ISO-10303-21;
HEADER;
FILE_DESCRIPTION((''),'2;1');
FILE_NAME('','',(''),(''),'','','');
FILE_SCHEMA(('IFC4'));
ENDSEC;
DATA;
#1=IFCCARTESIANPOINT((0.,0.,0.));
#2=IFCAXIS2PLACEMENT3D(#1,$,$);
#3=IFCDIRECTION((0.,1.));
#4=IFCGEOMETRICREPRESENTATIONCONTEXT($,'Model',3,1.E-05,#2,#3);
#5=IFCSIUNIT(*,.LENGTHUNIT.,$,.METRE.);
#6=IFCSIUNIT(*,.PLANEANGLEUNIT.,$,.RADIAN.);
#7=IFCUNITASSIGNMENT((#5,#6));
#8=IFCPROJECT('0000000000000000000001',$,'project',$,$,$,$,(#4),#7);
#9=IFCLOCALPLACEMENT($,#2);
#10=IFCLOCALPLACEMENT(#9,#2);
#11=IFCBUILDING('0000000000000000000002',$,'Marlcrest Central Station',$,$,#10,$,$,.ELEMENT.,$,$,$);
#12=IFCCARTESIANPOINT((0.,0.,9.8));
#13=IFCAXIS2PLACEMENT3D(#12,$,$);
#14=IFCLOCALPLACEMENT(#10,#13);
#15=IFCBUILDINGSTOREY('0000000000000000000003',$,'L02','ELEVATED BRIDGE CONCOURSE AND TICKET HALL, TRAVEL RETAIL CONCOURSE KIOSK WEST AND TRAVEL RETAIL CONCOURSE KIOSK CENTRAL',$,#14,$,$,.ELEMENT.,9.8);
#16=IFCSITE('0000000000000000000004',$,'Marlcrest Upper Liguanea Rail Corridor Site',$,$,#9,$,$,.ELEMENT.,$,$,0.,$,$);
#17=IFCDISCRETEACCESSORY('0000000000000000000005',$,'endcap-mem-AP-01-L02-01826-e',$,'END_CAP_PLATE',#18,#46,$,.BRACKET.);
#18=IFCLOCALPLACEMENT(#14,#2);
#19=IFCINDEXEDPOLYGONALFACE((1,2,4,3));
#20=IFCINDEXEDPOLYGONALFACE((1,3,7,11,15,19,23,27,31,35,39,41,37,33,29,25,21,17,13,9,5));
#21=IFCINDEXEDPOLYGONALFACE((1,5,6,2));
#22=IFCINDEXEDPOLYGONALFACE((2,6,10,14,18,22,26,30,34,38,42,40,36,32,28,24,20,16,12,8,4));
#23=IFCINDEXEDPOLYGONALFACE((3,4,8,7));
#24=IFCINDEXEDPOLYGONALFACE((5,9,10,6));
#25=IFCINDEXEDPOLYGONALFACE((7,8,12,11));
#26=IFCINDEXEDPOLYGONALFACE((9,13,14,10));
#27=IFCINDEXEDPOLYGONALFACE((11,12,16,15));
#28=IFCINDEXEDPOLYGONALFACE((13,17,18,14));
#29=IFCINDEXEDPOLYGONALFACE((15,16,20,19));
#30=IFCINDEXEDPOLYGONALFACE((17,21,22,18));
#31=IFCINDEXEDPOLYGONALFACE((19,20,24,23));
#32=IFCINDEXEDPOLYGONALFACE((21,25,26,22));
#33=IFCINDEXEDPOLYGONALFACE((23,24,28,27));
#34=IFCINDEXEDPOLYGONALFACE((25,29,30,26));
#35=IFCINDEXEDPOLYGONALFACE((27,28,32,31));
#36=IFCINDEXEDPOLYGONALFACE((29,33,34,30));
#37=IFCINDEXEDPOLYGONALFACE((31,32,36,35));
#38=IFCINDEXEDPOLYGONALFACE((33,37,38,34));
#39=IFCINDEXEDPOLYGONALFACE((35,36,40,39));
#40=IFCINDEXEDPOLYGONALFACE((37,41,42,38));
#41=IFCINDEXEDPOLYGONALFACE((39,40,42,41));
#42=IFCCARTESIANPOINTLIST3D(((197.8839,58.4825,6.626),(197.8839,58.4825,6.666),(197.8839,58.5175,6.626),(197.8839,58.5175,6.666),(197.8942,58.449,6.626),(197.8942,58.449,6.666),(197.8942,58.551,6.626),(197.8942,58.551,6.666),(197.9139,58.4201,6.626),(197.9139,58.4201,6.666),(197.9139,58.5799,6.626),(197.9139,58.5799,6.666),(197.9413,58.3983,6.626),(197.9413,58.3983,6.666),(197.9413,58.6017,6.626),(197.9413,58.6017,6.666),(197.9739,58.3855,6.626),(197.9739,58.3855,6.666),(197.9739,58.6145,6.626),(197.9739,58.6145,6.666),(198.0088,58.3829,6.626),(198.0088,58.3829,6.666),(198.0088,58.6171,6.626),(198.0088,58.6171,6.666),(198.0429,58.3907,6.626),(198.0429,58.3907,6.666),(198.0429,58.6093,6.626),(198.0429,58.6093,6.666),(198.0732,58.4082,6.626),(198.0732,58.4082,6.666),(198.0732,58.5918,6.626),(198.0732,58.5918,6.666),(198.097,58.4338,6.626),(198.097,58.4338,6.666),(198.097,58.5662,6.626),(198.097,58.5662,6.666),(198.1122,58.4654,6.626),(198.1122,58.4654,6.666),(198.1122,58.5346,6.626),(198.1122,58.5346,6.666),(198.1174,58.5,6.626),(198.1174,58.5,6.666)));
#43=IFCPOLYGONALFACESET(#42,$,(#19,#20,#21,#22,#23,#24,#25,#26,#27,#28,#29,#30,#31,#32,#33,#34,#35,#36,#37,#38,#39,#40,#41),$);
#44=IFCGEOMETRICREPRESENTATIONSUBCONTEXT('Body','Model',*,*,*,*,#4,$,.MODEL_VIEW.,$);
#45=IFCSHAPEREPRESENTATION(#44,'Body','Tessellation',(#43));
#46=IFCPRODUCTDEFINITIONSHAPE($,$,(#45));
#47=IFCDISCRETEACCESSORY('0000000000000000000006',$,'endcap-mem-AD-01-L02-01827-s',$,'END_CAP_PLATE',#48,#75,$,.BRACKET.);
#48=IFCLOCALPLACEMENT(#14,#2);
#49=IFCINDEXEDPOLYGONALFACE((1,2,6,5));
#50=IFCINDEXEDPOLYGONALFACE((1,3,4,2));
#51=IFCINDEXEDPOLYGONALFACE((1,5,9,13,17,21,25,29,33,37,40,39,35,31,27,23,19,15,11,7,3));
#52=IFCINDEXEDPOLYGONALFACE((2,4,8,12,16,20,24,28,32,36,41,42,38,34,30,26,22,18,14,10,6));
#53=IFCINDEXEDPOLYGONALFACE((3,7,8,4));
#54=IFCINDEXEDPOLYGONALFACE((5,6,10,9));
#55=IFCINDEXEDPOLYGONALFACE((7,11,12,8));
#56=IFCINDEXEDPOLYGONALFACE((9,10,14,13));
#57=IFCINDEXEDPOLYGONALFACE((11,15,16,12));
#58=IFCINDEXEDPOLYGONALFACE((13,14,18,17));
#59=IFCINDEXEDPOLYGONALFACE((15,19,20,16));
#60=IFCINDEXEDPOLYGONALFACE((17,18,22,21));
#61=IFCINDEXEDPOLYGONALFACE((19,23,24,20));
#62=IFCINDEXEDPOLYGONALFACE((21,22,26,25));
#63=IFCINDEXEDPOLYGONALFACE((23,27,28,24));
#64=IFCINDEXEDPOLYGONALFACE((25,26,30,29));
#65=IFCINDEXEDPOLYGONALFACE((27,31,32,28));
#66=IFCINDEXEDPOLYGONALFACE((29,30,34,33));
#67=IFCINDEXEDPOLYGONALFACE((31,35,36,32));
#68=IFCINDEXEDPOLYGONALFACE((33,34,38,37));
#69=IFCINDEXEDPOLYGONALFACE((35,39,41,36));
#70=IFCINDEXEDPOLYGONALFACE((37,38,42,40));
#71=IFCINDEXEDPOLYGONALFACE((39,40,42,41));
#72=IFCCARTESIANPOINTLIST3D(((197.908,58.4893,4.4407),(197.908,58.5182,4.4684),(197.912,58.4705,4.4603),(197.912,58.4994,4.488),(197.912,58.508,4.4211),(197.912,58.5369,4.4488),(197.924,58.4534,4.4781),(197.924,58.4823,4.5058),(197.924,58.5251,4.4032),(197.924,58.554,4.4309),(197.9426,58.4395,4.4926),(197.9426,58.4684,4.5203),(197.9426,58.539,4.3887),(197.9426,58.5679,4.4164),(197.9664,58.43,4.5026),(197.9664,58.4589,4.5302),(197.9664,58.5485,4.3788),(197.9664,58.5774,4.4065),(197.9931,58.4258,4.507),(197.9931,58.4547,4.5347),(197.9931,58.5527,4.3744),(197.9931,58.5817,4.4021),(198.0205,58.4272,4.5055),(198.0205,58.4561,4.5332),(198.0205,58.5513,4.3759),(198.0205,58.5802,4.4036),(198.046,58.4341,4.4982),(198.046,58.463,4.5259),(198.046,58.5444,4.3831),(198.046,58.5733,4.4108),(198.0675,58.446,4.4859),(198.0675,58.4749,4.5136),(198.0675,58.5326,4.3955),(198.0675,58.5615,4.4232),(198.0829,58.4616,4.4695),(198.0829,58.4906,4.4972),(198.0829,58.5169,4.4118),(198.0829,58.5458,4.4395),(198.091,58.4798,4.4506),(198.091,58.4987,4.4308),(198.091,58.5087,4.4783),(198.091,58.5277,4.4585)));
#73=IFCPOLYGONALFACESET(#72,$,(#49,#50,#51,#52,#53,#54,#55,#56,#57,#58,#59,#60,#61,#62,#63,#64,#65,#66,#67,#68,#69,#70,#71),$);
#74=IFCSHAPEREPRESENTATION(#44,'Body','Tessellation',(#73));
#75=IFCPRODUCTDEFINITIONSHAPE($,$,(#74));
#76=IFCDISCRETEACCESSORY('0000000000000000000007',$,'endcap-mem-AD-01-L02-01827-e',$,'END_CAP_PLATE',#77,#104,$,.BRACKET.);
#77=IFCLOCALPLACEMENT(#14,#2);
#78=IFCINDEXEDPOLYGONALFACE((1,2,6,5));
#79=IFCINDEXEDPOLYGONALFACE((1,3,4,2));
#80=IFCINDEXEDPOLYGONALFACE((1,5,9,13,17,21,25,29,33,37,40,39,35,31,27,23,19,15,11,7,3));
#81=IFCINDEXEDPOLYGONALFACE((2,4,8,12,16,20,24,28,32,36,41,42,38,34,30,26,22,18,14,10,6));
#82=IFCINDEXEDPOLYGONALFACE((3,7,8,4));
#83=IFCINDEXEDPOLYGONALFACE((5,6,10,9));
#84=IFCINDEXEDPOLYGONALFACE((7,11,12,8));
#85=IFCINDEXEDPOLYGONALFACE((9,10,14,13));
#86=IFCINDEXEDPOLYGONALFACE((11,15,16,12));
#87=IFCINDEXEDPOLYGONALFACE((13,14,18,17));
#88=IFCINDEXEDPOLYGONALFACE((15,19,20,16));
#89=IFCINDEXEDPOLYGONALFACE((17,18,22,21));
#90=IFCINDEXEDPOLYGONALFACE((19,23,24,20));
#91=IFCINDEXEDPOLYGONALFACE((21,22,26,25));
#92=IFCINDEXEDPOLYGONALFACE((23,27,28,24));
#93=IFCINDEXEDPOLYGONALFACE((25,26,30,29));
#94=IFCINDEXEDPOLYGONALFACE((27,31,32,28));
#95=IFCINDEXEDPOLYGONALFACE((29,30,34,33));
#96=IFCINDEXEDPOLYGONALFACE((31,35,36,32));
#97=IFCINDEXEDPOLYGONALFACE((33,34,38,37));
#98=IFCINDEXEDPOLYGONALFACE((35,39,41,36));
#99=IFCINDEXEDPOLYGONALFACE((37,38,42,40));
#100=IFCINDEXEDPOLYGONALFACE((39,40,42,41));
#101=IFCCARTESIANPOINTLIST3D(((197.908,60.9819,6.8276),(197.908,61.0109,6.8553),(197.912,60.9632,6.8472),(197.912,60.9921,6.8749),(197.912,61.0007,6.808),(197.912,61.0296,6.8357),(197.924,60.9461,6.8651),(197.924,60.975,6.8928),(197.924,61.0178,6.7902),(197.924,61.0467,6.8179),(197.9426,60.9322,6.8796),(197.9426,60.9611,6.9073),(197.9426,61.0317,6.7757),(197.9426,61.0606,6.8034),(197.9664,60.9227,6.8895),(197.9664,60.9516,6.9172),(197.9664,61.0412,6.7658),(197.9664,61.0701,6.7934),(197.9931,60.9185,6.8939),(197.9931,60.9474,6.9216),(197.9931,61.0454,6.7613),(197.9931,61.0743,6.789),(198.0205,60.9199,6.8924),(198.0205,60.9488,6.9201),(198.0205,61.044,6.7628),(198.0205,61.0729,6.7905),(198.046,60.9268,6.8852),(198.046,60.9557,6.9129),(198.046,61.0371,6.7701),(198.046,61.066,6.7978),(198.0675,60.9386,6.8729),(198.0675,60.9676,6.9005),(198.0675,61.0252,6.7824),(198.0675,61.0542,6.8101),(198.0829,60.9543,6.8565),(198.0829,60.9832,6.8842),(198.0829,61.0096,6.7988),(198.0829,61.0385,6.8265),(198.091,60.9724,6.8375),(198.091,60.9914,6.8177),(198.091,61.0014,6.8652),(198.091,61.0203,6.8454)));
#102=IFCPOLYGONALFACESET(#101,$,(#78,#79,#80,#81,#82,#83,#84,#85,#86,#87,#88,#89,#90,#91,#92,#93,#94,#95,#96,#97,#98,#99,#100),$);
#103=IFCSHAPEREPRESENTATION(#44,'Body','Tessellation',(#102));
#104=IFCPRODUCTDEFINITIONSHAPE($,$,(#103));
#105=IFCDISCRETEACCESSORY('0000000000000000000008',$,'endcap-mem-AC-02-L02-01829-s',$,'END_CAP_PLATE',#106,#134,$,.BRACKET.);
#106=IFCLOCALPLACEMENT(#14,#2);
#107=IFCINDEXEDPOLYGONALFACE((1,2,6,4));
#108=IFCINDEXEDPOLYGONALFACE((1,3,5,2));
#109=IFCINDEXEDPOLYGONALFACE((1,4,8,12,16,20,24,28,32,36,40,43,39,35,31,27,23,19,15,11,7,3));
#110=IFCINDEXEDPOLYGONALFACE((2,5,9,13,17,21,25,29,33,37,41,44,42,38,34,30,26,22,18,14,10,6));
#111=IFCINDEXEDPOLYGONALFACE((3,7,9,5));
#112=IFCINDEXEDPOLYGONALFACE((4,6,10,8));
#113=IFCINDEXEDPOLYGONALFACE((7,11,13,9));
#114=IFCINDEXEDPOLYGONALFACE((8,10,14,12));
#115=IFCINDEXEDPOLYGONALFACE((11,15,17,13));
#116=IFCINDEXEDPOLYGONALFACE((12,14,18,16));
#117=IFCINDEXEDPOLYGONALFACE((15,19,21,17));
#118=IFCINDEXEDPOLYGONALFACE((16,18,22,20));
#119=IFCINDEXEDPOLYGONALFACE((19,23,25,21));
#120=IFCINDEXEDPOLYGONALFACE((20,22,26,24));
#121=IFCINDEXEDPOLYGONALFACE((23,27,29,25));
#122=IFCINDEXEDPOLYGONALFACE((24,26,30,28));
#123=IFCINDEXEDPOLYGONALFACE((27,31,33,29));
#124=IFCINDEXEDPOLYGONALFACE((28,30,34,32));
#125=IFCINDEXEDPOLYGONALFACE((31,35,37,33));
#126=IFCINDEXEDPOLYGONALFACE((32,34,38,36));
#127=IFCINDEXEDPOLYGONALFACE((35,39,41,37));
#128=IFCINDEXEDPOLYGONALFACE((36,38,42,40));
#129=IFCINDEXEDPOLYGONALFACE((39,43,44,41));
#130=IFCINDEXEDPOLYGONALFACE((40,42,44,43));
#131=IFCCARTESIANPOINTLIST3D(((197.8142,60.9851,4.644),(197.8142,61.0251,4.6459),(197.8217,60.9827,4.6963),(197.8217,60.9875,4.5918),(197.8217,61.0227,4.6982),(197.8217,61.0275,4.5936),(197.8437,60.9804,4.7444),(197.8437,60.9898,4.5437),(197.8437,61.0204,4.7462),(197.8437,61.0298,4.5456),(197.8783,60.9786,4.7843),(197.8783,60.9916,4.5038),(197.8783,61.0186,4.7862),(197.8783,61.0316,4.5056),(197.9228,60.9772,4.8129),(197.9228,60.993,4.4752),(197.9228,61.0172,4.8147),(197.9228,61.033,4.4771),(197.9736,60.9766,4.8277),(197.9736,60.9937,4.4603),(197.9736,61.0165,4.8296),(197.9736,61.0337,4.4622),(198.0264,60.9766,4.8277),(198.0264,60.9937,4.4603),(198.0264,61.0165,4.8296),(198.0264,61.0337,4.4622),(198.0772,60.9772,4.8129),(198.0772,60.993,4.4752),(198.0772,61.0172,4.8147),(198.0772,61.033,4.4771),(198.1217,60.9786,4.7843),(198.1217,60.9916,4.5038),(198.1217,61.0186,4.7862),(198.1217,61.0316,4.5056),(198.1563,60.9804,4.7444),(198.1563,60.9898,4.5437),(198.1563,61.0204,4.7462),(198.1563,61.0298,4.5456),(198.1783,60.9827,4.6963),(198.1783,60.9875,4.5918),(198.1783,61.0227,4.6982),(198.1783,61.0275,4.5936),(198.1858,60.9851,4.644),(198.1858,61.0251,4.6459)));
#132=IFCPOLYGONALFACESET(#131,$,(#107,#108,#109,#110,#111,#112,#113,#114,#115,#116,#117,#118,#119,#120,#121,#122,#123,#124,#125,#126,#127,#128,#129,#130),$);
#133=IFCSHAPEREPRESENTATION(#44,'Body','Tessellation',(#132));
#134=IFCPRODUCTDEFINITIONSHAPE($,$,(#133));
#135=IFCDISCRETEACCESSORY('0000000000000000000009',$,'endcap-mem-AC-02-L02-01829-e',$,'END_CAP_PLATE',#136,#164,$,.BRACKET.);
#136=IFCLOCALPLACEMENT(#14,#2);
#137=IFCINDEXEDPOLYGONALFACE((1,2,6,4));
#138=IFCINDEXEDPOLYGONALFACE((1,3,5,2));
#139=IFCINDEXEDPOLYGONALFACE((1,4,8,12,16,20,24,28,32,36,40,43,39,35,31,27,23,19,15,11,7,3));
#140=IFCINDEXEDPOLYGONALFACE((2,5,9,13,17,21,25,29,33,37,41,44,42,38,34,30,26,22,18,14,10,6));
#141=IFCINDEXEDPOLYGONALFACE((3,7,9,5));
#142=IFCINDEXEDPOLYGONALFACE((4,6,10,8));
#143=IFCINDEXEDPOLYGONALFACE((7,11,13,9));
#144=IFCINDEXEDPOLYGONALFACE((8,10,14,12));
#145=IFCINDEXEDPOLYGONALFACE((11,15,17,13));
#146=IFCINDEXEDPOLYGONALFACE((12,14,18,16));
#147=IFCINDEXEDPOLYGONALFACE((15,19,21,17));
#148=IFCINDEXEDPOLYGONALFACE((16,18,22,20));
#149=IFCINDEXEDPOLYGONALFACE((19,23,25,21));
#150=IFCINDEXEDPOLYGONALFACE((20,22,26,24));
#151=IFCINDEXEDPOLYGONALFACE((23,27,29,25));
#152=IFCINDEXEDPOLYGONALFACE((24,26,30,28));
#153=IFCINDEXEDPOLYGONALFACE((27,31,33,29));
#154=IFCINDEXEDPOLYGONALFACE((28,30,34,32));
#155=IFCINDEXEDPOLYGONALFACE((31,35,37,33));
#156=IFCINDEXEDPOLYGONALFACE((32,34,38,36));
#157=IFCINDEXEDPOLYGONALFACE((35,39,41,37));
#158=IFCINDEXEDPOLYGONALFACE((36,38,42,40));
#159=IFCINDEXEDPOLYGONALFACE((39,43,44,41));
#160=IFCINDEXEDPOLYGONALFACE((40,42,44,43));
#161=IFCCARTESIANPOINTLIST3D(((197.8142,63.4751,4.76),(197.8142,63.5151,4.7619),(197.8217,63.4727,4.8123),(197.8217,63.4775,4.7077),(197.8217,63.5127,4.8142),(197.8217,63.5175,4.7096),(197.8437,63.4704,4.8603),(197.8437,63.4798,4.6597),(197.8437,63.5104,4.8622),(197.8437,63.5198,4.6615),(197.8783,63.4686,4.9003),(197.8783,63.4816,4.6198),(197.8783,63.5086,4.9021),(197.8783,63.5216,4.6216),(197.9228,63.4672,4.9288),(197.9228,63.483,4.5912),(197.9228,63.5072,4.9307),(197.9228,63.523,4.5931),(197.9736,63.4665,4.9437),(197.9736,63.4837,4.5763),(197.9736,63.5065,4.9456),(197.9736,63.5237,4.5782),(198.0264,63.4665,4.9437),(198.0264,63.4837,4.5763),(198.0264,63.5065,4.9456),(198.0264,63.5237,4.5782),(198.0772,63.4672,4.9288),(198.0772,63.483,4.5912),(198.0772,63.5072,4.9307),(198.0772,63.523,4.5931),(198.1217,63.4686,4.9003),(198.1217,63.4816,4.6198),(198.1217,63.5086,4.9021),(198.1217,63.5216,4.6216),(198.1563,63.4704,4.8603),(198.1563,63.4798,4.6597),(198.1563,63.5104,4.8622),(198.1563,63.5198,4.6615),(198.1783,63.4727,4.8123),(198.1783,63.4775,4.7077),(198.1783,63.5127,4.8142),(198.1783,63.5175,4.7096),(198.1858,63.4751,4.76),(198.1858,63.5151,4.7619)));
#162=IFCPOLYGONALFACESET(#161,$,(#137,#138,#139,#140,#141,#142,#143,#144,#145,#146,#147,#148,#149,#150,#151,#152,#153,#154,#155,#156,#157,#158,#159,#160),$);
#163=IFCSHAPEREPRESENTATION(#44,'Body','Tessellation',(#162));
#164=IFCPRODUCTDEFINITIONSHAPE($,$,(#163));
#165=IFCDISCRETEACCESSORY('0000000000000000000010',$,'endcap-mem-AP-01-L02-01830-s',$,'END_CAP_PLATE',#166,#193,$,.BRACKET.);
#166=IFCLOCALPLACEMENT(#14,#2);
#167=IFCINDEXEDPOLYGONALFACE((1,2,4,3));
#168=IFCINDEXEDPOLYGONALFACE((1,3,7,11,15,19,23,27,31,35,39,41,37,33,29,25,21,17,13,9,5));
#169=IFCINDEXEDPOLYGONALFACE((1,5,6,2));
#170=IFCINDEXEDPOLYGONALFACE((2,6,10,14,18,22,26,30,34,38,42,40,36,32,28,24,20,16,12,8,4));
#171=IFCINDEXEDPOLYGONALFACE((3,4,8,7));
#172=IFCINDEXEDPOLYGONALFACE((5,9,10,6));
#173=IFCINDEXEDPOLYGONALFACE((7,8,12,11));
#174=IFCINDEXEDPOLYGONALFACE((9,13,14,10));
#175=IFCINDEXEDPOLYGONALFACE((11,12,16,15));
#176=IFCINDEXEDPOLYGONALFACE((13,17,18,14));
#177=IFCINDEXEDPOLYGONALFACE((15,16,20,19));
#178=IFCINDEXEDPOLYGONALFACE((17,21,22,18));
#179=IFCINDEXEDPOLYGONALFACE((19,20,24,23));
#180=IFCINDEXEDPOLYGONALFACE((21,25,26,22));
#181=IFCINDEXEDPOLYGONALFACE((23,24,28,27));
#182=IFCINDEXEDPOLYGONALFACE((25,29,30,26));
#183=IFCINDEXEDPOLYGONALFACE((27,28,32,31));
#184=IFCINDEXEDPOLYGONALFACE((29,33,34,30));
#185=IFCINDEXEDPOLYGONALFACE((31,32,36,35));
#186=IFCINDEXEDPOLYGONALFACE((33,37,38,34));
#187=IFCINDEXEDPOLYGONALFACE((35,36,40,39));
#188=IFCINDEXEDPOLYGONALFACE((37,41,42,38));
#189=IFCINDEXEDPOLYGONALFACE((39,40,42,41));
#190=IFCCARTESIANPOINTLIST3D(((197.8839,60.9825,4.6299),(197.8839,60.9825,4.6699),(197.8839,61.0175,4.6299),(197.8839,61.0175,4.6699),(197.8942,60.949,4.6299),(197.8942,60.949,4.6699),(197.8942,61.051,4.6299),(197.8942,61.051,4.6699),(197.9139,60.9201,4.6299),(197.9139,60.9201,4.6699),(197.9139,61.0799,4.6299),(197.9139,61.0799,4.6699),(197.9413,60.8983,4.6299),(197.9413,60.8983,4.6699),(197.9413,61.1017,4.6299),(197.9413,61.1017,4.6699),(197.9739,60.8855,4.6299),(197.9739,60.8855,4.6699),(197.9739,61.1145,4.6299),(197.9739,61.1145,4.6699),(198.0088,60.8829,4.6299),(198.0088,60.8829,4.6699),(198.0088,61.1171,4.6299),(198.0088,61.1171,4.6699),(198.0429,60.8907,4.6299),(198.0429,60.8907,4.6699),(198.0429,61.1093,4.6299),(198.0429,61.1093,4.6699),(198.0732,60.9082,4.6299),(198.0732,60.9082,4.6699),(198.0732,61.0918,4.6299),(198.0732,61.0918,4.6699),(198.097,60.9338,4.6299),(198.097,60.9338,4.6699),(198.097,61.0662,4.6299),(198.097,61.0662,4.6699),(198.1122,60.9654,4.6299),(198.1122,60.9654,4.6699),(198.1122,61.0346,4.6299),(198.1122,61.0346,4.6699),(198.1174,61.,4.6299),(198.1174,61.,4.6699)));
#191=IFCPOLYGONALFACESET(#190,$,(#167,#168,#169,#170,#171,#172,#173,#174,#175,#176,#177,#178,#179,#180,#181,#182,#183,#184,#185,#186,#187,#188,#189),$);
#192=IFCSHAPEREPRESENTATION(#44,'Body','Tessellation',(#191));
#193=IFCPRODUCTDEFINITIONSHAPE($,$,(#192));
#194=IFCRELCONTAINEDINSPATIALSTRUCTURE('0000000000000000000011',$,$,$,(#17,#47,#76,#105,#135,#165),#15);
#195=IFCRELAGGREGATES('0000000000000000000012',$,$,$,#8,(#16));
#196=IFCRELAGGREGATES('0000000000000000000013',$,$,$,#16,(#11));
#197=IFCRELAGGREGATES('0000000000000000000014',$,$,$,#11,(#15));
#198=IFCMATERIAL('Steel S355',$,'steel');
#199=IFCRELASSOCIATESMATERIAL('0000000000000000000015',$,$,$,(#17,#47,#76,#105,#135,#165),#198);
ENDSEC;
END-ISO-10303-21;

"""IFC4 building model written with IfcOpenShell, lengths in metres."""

from ifc_helpers import new_model, si_unit, direction, frame, origin, origin_2d, place, context, subcontext, project, spatial, circle, extrude, material, element, save


model = new_model("IFC4")

# Units and contexts
model_context = context("Model", 3, precision=1e-05, world=origin(), true_north=direction((0.0, 1.0)))
body_context = subcontext(model_context, "Body", "Model", "MODEL_VIEW")
ifc_project = project(units=[si_unit("LENGTHUNIT", "METRE"), si_unit("PLANEANGLEUNIT", "RADIAN")], contexts=[model_context])

# Site, building, storey
site_placement = place(None, origin())
site = spatial("IfcSite", under=ifc_project, at=site_placement, Name="Marlcrest Upper Liguanea Rail Corridor Site", CompositionType="ELEMENT", RefElevation=0.0)
building_placement = place(site_placement, origin())
building = spatial("IfcBuilding", under=site, at=building_placement, Name="Marlcrest Central Station", CompositionType="ELEMENT")
storey_placement = place(building_placement, frame((0.0, 0.0, 9.8)))
storey = spatial("IfcBuildingStorey", under=building, at=storey_placement, Name="L02", Description="ELEVATED BRIDGE CONCOURSE AND TICKET HALL, TRAVEL RETAIL CONCOURSE KIOSK WEST AND TRAVEL RETAIL CONCOURSE KIOSK CENTRAL", CompositionType="ELEMENT", Elevation=9.8)

# Shared definitions
ifc_material = material(Name="Steel S355", Category="steel")

# Discrete accessories
for number, where, z_axis, x_axis, name in (
    (1, (198.0, 58.5, 6.626), (0.0, 0.0, 1.0), (1.0, 0.0, 0.0), "endcap-mem-AP-01-L02-01826-e"),
):
    element("IfcDiscreteAccessory", number, at=place(storey_placement, frame(where, z_axis=z_axis, x_axis=x_axis)), inside=storey, material=ifc_material, Name=name, ObjectType="END_CAP_PLATE", PredefinedType="BRACKET", context=body_context, shape_type="SweptSolid", body=[
        extrude(circle(Radius=0.1174, at=origin_2d()), origin(), (0.0, 0.0, 1.0), 0.04),
    ])
for number, where, z_axis, x_axis, name in (
    (2, (198.0, 58.4893, 4.4407), (0.0, 0.722247, 0.691636), (-1.0, 0.0, 0.0), "endcap-mem-AD-01-L02-01827-s"),
    (3, (198.0, 60.9819, 6.8276), (0.0, 0.722247, 0.691636), (-1.0, 0.0, 0.0), "endcap-mem-AD-01-L02-01827-e"),
):
    element("IfcDiscreteAccessory", number, at=place(storey_placement, frame(where, z_axis=z_axis, x_axis=x_axis)), inside=storey, material=ifc_material, Name=name, ObjectType="END_CAP_PLATE", PredefinedType="BRACKET", context=body_context, shape_type="SweptSolid", body=[
        extrude(circle(Radius=0.092, at=origin_2d()), origin(), (0.0, 0.0, 1.0), 0.04),
    ])
for number, where, z_axis, x_axis, name in (
    (4, (198.0, 60.9851, 4.644), (0.0, 0.998917, 0.046532), (-1.0, 0.0, 0.0), "endcap-mem-AC-02-L02-01829-s"),
    (5, (198.0, 63.4751, 4.76), (0.0, 0.998917, 0.046532), (-1.0, 0.0, 0.0), "endcap-mem-AC-02-L02-01829-e"),
):
    element("IfcDiscreteAccessory", number, at=place(storey_placement, frame(where, z_axis=z_axis, x_axis=x_axis)), inside=storey, material=ifc_material, Name=name, ObjectType="END_CAP_PLATE", PredefinedType="BRACKET", context=body_context, shape_type="SweptSolid", body=[
        extrude(circle(Radius=0.1858, at=origin_2d()), origin(), (0.0, 0.0, 1.0), 0.04),
    ])
for number, where, z_axis, x_axis, name in (
    (6, (198.0, 61.0, 4.6299), (0.0, 0.0, 1.0), (1.0, 0.0, 0.0), "endcap-mem-AP-01-L02-01830-s"),
):
    element("IfcDiscreteAccessory", number, at=place(storey_placement, frame(where, z_axis=z_axis, x_axis=x_axis)), inside=storey, material=ifc_material, Name=name, ObjectType="END_CAP_PLATE", PredefinedType="BRACKET", context=body_context, shape_type="SweptSolid", body=[
        extrude(circle(Radius=0.1174, at=origin_2d()), origin(), (0.0, 0.0, 1.0), 0.04),
    ])

save(model, "model.ifc")
